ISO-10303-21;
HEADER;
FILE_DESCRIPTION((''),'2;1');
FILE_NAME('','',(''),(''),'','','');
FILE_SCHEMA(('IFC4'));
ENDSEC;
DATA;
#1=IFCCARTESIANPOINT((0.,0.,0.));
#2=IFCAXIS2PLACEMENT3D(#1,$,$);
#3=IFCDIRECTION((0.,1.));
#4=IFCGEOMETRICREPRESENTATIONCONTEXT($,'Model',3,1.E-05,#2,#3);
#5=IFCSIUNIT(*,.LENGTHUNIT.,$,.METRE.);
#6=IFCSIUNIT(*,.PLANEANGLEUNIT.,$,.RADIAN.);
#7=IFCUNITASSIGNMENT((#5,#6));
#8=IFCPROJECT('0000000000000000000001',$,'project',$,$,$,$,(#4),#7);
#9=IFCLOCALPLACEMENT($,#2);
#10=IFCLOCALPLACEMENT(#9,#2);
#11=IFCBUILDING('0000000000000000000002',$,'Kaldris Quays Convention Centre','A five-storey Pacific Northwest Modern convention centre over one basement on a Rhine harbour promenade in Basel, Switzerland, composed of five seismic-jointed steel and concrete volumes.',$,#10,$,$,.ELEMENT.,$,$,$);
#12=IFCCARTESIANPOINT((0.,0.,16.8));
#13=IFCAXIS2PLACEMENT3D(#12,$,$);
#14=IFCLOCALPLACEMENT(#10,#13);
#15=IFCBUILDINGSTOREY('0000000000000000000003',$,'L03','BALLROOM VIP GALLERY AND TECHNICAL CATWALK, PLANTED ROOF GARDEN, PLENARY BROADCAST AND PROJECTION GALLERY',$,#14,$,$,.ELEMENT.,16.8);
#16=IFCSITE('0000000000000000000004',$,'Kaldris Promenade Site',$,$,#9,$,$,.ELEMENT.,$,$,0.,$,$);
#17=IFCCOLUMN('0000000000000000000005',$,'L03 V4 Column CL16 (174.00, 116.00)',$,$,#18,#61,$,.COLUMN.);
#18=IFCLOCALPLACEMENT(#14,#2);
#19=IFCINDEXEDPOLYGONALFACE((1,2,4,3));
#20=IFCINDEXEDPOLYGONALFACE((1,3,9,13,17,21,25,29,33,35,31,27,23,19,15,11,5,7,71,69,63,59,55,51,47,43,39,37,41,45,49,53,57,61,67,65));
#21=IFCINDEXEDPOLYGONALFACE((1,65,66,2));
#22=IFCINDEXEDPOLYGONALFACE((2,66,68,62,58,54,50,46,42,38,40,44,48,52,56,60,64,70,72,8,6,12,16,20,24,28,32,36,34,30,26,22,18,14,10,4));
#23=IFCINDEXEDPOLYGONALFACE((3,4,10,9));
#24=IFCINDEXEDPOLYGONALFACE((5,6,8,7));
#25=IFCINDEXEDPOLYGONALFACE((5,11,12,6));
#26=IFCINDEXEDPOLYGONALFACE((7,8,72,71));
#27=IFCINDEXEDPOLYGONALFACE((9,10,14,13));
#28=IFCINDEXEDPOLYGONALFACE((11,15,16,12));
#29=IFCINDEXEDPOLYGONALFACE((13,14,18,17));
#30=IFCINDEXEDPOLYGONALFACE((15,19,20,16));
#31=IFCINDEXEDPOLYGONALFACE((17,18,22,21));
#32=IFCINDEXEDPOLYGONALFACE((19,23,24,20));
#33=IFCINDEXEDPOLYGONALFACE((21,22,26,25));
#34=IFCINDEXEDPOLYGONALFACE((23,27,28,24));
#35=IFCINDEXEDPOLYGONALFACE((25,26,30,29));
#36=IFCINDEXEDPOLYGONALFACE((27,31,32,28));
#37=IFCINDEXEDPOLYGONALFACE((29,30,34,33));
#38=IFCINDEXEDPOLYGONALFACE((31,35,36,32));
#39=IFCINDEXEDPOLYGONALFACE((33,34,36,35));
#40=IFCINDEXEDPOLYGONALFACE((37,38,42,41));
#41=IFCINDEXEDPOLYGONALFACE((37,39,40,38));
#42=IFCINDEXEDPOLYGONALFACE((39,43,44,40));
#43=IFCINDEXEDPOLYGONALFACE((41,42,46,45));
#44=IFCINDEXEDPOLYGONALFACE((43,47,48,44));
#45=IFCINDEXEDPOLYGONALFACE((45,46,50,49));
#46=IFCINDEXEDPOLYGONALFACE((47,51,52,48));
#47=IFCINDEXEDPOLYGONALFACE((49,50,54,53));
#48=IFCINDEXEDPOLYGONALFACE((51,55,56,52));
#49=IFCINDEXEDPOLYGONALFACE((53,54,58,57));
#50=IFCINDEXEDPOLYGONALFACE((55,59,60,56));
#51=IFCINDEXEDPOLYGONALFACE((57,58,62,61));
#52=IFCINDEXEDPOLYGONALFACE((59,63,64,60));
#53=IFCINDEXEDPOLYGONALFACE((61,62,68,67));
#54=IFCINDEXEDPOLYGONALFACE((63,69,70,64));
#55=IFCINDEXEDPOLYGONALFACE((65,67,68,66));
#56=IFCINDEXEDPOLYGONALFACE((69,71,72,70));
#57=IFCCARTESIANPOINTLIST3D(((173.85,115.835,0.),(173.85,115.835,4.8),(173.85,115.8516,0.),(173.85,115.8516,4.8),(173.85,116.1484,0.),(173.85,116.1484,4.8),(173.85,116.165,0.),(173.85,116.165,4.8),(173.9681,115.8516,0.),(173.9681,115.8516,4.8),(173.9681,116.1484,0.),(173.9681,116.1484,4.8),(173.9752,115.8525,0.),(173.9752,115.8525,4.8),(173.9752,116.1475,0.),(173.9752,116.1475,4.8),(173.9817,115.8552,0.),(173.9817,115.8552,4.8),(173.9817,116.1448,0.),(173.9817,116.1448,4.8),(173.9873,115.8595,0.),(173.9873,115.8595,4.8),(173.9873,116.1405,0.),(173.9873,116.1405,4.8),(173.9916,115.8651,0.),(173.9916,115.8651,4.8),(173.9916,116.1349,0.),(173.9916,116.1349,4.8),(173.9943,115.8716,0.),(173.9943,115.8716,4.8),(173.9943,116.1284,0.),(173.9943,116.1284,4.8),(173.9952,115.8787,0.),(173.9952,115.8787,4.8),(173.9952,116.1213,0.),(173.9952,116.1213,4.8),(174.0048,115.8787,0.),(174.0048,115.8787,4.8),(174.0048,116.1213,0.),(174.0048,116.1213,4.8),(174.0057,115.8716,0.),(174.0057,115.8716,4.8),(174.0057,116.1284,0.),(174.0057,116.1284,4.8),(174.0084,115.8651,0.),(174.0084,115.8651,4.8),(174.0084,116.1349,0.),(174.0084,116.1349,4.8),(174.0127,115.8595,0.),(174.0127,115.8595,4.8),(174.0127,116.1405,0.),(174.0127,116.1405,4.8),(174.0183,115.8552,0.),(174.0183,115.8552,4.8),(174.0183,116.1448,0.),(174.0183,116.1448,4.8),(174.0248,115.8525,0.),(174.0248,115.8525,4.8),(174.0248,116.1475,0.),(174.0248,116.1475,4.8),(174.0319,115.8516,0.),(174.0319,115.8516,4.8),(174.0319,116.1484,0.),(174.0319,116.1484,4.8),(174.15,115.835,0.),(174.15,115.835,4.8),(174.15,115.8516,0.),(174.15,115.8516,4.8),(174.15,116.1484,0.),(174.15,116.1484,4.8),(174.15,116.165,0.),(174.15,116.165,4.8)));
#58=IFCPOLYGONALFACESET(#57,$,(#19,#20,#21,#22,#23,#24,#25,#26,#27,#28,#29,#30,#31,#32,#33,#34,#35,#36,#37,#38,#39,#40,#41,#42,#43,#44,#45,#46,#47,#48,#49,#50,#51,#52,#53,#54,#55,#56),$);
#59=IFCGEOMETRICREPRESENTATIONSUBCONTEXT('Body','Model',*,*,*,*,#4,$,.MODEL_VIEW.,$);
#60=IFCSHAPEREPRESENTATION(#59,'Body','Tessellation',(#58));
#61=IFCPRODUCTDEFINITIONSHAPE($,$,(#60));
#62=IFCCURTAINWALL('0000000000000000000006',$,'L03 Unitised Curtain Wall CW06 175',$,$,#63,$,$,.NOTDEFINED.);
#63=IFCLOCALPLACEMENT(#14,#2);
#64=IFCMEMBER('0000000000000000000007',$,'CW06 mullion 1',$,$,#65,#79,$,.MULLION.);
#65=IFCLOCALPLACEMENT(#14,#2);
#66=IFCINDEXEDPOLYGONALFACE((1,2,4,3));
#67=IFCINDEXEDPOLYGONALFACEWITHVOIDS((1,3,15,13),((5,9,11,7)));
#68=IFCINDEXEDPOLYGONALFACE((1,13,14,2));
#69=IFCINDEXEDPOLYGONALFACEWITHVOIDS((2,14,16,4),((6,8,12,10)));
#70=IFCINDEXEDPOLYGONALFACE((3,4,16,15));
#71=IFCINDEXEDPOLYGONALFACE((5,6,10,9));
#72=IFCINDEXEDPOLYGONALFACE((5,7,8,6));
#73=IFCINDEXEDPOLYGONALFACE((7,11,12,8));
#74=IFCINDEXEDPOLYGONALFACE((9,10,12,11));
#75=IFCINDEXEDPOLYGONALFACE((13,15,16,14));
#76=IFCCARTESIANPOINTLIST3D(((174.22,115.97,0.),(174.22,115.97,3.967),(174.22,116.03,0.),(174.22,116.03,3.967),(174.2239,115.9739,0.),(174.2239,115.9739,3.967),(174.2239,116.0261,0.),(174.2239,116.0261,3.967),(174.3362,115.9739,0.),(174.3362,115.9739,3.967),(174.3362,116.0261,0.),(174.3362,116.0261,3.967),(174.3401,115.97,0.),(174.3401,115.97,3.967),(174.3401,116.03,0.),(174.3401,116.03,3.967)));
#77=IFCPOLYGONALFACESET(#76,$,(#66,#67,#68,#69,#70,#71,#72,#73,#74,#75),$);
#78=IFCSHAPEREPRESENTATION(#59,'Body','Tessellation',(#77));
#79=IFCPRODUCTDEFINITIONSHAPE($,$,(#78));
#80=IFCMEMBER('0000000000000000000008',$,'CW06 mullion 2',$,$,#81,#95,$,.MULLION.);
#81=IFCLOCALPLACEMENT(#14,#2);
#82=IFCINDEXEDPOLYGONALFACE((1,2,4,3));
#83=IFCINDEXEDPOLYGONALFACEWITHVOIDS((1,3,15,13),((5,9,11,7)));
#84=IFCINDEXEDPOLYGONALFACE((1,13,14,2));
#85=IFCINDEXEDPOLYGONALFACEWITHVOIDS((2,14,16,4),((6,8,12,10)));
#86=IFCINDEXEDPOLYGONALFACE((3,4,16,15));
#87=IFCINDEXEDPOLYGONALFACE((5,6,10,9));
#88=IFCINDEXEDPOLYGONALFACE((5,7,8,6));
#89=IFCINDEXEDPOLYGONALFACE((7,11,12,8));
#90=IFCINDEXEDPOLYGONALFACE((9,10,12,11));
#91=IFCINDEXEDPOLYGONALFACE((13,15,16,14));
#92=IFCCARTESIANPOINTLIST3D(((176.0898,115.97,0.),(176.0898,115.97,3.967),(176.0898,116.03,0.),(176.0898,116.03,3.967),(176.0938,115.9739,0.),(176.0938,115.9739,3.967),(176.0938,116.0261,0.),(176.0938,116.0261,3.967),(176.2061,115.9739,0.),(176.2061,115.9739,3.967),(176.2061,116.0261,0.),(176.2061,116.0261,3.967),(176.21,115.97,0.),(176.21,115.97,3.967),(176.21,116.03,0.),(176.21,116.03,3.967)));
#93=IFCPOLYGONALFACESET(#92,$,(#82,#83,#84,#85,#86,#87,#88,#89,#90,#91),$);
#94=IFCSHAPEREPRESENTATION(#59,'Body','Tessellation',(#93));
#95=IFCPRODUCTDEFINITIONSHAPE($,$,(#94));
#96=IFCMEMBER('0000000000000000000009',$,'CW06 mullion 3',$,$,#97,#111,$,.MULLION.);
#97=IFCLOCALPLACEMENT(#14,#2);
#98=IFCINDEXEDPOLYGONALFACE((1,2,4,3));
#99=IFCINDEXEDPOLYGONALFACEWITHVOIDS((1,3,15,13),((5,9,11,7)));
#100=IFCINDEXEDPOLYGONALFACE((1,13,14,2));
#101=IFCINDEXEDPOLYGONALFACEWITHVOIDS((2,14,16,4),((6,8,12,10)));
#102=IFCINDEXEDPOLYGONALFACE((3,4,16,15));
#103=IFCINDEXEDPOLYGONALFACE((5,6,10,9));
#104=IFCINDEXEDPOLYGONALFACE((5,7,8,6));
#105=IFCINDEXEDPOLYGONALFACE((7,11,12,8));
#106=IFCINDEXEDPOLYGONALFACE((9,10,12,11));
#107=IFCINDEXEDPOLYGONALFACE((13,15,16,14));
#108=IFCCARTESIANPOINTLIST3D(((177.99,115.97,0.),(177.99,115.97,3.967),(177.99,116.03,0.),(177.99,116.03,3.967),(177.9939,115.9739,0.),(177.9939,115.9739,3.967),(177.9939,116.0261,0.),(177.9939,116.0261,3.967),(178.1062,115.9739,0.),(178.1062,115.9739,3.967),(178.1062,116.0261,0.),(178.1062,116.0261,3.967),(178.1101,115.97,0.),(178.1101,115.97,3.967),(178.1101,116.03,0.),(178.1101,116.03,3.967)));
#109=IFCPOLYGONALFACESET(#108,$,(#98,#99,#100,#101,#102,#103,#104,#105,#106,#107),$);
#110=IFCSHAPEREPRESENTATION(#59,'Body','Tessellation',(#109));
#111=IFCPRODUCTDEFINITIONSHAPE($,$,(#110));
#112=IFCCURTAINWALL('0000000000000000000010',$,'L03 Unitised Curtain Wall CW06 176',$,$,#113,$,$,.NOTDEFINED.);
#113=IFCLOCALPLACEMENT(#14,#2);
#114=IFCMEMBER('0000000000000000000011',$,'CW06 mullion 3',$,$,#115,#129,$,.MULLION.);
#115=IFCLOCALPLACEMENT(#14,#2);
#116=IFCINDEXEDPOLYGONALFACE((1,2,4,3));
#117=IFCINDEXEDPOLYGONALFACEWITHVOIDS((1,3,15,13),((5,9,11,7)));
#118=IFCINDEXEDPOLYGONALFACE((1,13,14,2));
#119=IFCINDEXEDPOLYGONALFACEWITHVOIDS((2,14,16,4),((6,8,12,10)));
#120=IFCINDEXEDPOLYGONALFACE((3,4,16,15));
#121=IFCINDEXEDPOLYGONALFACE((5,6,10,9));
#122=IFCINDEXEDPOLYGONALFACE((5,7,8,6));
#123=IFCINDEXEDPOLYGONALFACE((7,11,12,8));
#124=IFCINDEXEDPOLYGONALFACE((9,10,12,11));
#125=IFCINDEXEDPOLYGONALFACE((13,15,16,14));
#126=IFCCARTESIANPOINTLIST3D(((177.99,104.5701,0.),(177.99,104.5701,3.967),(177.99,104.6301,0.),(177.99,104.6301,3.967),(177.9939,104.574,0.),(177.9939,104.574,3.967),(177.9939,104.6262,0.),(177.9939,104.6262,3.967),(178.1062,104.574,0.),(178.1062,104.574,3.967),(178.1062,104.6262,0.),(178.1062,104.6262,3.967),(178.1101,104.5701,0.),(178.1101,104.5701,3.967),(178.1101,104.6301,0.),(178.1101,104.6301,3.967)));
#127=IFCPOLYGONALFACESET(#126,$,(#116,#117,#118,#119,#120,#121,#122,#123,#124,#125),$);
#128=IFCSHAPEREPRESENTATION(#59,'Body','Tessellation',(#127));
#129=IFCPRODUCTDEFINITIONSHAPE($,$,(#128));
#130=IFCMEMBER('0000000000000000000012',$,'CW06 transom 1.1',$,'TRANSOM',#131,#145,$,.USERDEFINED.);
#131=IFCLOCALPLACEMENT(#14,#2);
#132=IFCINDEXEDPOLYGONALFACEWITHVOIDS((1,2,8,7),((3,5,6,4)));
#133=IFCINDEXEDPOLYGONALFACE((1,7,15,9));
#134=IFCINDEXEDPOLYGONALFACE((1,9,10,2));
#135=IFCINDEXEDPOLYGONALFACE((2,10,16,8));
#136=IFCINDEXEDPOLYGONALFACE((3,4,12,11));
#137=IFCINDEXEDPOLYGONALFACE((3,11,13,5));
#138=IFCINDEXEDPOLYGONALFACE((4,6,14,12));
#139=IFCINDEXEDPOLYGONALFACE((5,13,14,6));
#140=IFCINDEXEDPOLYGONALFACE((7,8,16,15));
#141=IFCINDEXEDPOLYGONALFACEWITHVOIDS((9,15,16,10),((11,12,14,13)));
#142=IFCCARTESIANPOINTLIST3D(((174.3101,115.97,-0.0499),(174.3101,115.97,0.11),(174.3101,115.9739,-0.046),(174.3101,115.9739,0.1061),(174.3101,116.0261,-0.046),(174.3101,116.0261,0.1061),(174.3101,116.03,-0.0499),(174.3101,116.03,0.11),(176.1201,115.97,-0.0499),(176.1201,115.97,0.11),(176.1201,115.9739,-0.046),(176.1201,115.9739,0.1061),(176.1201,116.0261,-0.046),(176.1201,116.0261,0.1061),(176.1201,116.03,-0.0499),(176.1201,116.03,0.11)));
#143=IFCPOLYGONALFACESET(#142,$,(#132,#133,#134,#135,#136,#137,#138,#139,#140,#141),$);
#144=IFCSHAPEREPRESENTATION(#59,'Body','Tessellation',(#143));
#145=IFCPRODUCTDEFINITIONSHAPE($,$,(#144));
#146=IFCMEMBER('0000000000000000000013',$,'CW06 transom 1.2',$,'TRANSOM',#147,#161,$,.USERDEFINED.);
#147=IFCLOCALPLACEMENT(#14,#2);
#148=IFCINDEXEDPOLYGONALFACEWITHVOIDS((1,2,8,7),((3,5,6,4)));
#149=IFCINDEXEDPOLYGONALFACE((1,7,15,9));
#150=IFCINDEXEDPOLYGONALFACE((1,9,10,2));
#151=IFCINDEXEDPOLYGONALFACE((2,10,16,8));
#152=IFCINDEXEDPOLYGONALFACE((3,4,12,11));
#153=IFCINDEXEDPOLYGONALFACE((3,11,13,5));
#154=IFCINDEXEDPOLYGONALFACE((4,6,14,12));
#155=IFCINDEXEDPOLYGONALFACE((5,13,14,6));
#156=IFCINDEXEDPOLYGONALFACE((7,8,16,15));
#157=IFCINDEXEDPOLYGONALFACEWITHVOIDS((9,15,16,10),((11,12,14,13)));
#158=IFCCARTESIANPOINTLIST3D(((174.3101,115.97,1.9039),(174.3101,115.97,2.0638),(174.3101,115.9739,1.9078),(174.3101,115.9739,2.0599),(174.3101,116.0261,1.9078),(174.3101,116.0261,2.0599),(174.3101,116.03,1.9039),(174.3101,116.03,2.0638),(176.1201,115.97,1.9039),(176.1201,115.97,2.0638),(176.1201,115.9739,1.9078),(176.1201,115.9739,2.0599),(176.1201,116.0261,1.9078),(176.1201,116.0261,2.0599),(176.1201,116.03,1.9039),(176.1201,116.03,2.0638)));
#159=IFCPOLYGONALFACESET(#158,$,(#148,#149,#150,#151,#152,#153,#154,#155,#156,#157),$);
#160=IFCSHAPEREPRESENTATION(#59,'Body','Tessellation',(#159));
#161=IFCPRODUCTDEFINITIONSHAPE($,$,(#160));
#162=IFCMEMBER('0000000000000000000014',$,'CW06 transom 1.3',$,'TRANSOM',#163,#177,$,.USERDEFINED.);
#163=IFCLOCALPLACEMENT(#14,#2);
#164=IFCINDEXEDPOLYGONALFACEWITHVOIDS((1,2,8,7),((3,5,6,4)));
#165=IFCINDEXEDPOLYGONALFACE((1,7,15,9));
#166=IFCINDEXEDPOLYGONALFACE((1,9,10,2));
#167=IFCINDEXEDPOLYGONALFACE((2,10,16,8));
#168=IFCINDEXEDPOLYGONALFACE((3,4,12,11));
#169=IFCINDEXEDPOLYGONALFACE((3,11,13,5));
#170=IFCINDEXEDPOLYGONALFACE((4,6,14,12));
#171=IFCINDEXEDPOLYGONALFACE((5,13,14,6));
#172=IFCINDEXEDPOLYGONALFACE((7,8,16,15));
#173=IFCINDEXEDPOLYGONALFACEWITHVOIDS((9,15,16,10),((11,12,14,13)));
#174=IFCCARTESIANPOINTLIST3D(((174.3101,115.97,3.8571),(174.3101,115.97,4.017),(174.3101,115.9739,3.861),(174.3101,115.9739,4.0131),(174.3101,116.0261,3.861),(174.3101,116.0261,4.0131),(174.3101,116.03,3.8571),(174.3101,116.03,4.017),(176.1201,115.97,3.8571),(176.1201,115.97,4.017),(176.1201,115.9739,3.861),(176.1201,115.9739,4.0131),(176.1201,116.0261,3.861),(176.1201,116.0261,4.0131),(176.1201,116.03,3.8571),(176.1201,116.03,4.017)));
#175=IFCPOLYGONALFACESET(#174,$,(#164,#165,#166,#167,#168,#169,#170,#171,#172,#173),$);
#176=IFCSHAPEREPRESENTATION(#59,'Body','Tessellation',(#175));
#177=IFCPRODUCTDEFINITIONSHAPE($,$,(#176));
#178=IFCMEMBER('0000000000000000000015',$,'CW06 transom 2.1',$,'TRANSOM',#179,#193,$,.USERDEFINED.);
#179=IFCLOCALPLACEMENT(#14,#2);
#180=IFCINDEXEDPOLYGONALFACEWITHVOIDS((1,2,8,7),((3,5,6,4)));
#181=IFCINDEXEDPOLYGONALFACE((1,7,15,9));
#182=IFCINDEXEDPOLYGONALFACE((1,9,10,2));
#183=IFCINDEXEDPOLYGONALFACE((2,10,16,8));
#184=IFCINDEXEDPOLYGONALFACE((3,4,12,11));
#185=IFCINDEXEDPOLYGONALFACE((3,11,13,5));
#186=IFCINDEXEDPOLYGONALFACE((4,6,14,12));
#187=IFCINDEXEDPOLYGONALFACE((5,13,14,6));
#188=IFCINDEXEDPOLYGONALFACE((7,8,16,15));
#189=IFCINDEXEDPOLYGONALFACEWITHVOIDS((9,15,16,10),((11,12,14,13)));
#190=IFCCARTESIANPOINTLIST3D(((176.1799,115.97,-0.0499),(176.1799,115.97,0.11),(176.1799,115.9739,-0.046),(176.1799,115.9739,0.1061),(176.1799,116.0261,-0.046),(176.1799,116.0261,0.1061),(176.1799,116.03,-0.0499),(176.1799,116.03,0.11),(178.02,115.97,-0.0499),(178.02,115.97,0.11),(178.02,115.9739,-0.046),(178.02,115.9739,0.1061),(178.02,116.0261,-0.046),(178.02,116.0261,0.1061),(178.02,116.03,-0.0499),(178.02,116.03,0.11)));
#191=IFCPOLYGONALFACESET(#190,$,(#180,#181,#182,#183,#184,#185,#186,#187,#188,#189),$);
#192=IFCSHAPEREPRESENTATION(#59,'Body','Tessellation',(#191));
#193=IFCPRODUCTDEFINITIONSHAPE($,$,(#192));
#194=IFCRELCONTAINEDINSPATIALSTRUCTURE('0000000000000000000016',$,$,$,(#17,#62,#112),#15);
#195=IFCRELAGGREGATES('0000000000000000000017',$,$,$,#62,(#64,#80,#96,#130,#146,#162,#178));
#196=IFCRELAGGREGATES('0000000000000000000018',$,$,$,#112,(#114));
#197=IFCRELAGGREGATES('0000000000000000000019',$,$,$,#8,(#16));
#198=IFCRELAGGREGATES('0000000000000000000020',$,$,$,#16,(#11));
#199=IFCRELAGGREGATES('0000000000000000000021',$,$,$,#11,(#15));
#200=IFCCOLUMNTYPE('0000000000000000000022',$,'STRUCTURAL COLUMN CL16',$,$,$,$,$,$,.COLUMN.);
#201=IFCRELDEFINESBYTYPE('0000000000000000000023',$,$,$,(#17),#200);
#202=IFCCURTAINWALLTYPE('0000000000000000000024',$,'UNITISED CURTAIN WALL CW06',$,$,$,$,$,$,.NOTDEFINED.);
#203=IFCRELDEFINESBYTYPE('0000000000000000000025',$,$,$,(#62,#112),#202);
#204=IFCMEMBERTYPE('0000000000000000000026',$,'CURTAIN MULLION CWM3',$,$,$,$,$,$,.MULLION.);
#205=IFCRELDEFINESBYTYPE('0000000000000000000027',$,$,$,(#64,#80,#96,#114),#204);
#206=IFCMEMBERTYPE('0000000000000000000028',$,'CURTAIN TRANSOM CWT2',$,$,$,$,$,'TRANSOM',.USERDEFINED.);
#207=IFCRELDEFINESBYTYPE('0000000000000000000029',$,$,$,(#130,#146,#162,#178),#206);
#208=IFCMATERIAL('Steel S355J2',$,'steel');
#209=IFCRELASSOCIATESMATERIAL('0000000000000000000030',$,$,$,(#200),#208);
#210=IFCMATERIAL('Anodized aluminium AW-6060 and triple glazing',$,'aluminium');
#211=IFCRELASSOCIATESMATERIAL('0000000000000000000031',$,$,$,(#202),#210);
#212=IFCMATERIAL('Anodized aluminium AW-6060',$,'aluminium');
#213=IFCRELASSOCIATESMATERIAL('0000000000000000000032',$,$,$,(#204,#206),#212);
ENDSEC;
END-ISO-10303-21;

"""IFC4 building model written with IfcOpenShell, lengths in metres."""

from ifc_helpers import new_model, si_unit, direction, frame, origin, origin_2d, place, context, subcontext, project, spatial, hollow_rectangle, i_section, extrude, material, material_profile, profile_set, type_object, element, aggregate, save


model = new_model("IFC4")

# Units and contexts
model_context = context("Model", 3, precision=1e-05, world=origin(), true_north=direction((0.0, 1.0)))
body_context = subcontext(model_context, "Body", "Model", "MODEL_VIEW")
ifc_project = project(units=[si_unit("LENGTHUNIT", "METRE"), si_unit("PLANEANGLEUNIT", "RADIAN")], contexts=[model_context])

# Site, building, storey
site_placement = place(None, origin())
site = spatial("IfcSite", under=ifc_project, at=site_placement, Name="Kaldris Promenade Site", CompositionType="ELEMENT", RefElevation=0.0)
building_placement = place(site_placement, origin())
building = spatial("IfcBuilding", under=site, at=building_placement, Name="Kaldris Quays Convention Centre", Description="A five-storey Pacific Northwest Modern convention centre over one basement on a Rhine harbour promenade in Basel, Switzerland, composed of five seismic-jointed steel and concrete volumes.", CompositionType="ELEMENT")
storey_placement = place(building_placement, frame((0.0, 0.0, 16.8)))
storey = spatial("IfcBuildingStorey", under=building, at=storey_placement, Name="L03", Description="BALLROOM VIP GALLERY AND TECHNICAL CATWALK, PLANTED ROOF GARDEN, PLENARY BROADCAST AND PROJECTION GALLERY", CompositionType="ELEMENT", Elevation=16.8)

# Column
ifc_material_1 = material(Name="Steel S355J2", Category="steel")
ifc_material_profile_1 = material_profile(ifc_material_1, i_section(OverallWidth=0.3, OverallDepth=0.3301, WebThickness=0.0095, FlangeThickness=0.0166, FilletRadius=0.0271, at=origin_2d()), Name="HEA 340")
ifc_profile_set_1 = profile_set([ifc_material_profile_1], Name="Steel S355J2")
column_type = type_object("IfcColumnType", Name="STRUCTURAL COLUMN CL16", PredefinedType="COLUMN", material=ifc_profile_set_1)
column_placement = place(storey_placement, frame((174.0, 116.0, 0.0), z_axis=(0.0, 0.0, 1.0), x_axis=(1.0, 0.0, 0.0)))
element("IfcColumn", 1, at=column_placement, inside=storey, type_object=column_type, Name="L03 V4 Column CL16 (174.00, 116.00)", PredefinedType="COLUMN", context=body_context, shape_type="SweptSolid", body=[
    extrude(i_section(OverallWidth=0.3, OverallDepth=0.3301, WebThickness=0.0095, FlangeThickness=0.0166, FilletRadius=0.0271, at=origin_2d()), origin(), (0.0, 0.0, 1.0), 4.8),
])

# Curtain wall, members
ifc_material_2 = material(Name="Anodized aluminium AW-6060 and triple glazing", Category="aluminium")
curtain_wall_type = type_object("IfcCurtainWallType", Name="UNITISED CURTAIN WALL CW06", PredefinedType="NOTDEFINED", material=ifc_material_2)
curtain_wall_1_placement = place(storey_placement, origin())
curtain_wall_1 = element("IfcCurtainWall", 2, at=curtain_wall_1_placement, inside=storey, type_object=curtain_wall_type, Name="L03 Unitised Curtain Wall CW06 175", PredefinedType="NOTDEFINED")
ifc_material_3 = material(Name="Anodized aluminium AW-6060", Category="aluminium")
ifc_material_profile_2 = material_profile(ifc_material_3, hollow_rectangle(XDim=0.0601, YDim=0.1201, WallThickness=0.0039, at=origin_2d()), Name="RHS 120x60x4")
ifc_profile_set_2 = profile_set([ifc_material_profile_2], Name="Anodized aluminium AW-6060")
member_type_1 = type_object("IfcMemberType", Name="CURTAIN MULLION CWM3", PredefinedType="MULLION", material=ifc_profile_set_2)
member_1_placement = place(storey_placement, frame((174.28, 116.0, 0.0), z_axis=(0.0, 0.0, 1.0), x_axis=(0.0, 1.0, 0.0)))
member_1 = element("IfcMember", 3, at=member_1_placement, type_object=member_type_1, Name="CW06 mullion 1", PredefinedType="MULLION", context=body_context, shape_type="SweptSolid", body=[
    extrude(hollow_rectangle(XDim=0.0601, YDim=0.1201, WallThickness=0.0039, at=origin_2d()), origin(), (0.0, 0.0, 1.0), 3.967),
])
member_2_placement = place(storey_placement, frame((176.1499, 116.0, 0.0), z_axis=(0.0, 0.0, 1.0), x_axis=(0.0, 1.0, 0.0)))
member_2 = element("IfcMember", 4, at=member_2_placement, type_object=member_type_1, Name="CW06 mullion 2", PredefinedType="MULLION", context=body_context, shape_type="SweptSolid", body=[
    extrude(hollow_rectangle(XDim=0.0601, YDim=0.1201, WallThickness=0.0039, at=origin_2d()), origin(), (0.0, 0.0, 1.0), 3.967),
])
member_3_placement = place(storey_placement, frame((178.05, 116.0, 0.0), z_axis=(0.0, 0.0, 1.0), x_axis=(0.0, 1.0, 0.0)))
member_3 = element("IfcMember", 5, at=member_3_placement, type_object=member_type_1, Name="CW06 mullion 3", PredefinedType="MULLION", context=body_context, shape_type="SweptSolid", body=[
    extrude(hollow_rectangle(XDim=0.0601, YDim=0.1201, WallThickness=0.0039, at=origin_2d()), origin(), (0.0, 0.0, 1.0), 3.967),
])

# Curtain wall, member
curtain_wall_2_placement = place(storey_placement, origin())
curtain_wall_2 = element("IfcCurtainWall", 6, at=curtain_wall_2_placement, inside=storey, type_object=curtain_wall_type, Name="L03 Unitised Curtain Wall CW06 176", PredefinedType="NOTDEFINED")
member_4_placement = place(storey_placement, frame((178.05, 104.6001, 0.0), z_axis=(0.0, 0.0, 1.0), x_axis=(0.0, 1.0, 0.0)))
member_4 = element("IfcMember", 7, at=member_4_placement, type_object=member_type_1, Name="CW06 mullion 3", PredefinedType="MULLION", context=body_context, shape_type="SweptSolid", body=[
    extrude(hollow_rectangle(XDim=0.0601, YDim=0.1201, WallThickness=0.0039, at=origin_2d()), origin(), (0.0, 0.0, 1.0), 3.967),
])

# Members
ifc_material_profile_3 = material_profile(ifc_material_3, hollow_rectangle(XDim=0.0601, YDim=0.1599, WallThickness=0.0039, at=origin_2d()), Name="RHS 160x60x4")
ifc_profile_set_3 = profile_set([ifc_material_profile_3], Name="Anodized aluminium AW-6060")
member_type_2 = type_object("IfcMemberType", Name="CURTAIN TRANSOM CWT2", ElementType="TRANSOM", PredefinedType="USERDEFINED", material=ifc_profile_set_3)
member_5_placement = place(storey_placement, frame((174.3101, 116.0, 0.03), z_axis=(1.0, 0.0, 0.0), x_axis=(0.0, 1.0, 0.0)))
member_5 = element("IfcMember", 8, at=member_5_placement, type_object=member_type_2, Name="CW06 transom 1.1", ObjectType="TRANSOM", PredefinedType="USERDEFINED", context=body_context, shape_type="SweptSolid", body=[
    extrude(hollow_rectangle(XDim=0.0601, YDim=0.1599, WallThickness=0.0039, at=origin_2d()), origin(), (0.0, 0.0, 1.0), 1.8101),
])
member_6_placement = place(storey_placement, frame((174.3101, 116.0, 1.9839), z_axis=(1.0, 0.0, 0.0), x_axis=(0.0, 1.0, 0.0)))
member_6 = element("IfcMember", 9, at=member_6_placement, type_object=member_type_2, Name="CW06 transom 1.2", ObjectType="TRANSOM", PredefinedType="USERDEFINED", context=body_context, shape_type="SweptSolid", body=[
    extrude(hollow_rectangle(XDim=0.0601, YDim=0.1599, WallThickness=0.0039, at=origin_2d()), origin(), (0.0, 0.0, 1.0), 1.8101),
])
member_7_placement = place(storey_placement, frame((174.3101, 116.0, 3.937), z_axis=(1.0, 0.0, 0.0), x_axis=(0.0, 1.0, 0.0)))
member_7 = element("IfcMember", 10, at=member_7_placement, type_object=member_type_2, Name="CW06 transom 1.3", ObjectType="TRANSOM", PredefinedType="USERDEFINED", context=body_context, shape_type="SweptSolid", body=[
    extrude(hollow_rectangle(XDim=0.0601, YDim=0.1599, WallThickness=0.0039, at=origin_2d()), origin(), (0.0, 0.0, 1.0), 1.8101),
])
member_8_placement = place(storey_placement, frame((176.1799, 116.0, 0.03), z_axis=(1.0, 0.0, 0.0), x_axis=(0.0, 1.0, 0.0)))
member_8 = element("IfcMember", 11, at=member_8_placement, type_object=member_type_2, Name="CW06 transom 2.1", ObjectType="TRANSOM", PredefinedType="USERDEFINED", context=body_context, shape_type="SweptSolid", body=[
    extrude(hollow_rectangle(XDim=0.0601, YDim=0.1599, WallThickness=0.0039, at=origin_2d()), origin(), (0.0, 0.0, 1.0), 1.8401),
])

aggregate(curtain_wall_1, [member_1, member_2, member_3, member_5, member_6, member_7, member_8])
aggregate(curtain_wall_2, [member_4])

save(model, "model.ifc")
